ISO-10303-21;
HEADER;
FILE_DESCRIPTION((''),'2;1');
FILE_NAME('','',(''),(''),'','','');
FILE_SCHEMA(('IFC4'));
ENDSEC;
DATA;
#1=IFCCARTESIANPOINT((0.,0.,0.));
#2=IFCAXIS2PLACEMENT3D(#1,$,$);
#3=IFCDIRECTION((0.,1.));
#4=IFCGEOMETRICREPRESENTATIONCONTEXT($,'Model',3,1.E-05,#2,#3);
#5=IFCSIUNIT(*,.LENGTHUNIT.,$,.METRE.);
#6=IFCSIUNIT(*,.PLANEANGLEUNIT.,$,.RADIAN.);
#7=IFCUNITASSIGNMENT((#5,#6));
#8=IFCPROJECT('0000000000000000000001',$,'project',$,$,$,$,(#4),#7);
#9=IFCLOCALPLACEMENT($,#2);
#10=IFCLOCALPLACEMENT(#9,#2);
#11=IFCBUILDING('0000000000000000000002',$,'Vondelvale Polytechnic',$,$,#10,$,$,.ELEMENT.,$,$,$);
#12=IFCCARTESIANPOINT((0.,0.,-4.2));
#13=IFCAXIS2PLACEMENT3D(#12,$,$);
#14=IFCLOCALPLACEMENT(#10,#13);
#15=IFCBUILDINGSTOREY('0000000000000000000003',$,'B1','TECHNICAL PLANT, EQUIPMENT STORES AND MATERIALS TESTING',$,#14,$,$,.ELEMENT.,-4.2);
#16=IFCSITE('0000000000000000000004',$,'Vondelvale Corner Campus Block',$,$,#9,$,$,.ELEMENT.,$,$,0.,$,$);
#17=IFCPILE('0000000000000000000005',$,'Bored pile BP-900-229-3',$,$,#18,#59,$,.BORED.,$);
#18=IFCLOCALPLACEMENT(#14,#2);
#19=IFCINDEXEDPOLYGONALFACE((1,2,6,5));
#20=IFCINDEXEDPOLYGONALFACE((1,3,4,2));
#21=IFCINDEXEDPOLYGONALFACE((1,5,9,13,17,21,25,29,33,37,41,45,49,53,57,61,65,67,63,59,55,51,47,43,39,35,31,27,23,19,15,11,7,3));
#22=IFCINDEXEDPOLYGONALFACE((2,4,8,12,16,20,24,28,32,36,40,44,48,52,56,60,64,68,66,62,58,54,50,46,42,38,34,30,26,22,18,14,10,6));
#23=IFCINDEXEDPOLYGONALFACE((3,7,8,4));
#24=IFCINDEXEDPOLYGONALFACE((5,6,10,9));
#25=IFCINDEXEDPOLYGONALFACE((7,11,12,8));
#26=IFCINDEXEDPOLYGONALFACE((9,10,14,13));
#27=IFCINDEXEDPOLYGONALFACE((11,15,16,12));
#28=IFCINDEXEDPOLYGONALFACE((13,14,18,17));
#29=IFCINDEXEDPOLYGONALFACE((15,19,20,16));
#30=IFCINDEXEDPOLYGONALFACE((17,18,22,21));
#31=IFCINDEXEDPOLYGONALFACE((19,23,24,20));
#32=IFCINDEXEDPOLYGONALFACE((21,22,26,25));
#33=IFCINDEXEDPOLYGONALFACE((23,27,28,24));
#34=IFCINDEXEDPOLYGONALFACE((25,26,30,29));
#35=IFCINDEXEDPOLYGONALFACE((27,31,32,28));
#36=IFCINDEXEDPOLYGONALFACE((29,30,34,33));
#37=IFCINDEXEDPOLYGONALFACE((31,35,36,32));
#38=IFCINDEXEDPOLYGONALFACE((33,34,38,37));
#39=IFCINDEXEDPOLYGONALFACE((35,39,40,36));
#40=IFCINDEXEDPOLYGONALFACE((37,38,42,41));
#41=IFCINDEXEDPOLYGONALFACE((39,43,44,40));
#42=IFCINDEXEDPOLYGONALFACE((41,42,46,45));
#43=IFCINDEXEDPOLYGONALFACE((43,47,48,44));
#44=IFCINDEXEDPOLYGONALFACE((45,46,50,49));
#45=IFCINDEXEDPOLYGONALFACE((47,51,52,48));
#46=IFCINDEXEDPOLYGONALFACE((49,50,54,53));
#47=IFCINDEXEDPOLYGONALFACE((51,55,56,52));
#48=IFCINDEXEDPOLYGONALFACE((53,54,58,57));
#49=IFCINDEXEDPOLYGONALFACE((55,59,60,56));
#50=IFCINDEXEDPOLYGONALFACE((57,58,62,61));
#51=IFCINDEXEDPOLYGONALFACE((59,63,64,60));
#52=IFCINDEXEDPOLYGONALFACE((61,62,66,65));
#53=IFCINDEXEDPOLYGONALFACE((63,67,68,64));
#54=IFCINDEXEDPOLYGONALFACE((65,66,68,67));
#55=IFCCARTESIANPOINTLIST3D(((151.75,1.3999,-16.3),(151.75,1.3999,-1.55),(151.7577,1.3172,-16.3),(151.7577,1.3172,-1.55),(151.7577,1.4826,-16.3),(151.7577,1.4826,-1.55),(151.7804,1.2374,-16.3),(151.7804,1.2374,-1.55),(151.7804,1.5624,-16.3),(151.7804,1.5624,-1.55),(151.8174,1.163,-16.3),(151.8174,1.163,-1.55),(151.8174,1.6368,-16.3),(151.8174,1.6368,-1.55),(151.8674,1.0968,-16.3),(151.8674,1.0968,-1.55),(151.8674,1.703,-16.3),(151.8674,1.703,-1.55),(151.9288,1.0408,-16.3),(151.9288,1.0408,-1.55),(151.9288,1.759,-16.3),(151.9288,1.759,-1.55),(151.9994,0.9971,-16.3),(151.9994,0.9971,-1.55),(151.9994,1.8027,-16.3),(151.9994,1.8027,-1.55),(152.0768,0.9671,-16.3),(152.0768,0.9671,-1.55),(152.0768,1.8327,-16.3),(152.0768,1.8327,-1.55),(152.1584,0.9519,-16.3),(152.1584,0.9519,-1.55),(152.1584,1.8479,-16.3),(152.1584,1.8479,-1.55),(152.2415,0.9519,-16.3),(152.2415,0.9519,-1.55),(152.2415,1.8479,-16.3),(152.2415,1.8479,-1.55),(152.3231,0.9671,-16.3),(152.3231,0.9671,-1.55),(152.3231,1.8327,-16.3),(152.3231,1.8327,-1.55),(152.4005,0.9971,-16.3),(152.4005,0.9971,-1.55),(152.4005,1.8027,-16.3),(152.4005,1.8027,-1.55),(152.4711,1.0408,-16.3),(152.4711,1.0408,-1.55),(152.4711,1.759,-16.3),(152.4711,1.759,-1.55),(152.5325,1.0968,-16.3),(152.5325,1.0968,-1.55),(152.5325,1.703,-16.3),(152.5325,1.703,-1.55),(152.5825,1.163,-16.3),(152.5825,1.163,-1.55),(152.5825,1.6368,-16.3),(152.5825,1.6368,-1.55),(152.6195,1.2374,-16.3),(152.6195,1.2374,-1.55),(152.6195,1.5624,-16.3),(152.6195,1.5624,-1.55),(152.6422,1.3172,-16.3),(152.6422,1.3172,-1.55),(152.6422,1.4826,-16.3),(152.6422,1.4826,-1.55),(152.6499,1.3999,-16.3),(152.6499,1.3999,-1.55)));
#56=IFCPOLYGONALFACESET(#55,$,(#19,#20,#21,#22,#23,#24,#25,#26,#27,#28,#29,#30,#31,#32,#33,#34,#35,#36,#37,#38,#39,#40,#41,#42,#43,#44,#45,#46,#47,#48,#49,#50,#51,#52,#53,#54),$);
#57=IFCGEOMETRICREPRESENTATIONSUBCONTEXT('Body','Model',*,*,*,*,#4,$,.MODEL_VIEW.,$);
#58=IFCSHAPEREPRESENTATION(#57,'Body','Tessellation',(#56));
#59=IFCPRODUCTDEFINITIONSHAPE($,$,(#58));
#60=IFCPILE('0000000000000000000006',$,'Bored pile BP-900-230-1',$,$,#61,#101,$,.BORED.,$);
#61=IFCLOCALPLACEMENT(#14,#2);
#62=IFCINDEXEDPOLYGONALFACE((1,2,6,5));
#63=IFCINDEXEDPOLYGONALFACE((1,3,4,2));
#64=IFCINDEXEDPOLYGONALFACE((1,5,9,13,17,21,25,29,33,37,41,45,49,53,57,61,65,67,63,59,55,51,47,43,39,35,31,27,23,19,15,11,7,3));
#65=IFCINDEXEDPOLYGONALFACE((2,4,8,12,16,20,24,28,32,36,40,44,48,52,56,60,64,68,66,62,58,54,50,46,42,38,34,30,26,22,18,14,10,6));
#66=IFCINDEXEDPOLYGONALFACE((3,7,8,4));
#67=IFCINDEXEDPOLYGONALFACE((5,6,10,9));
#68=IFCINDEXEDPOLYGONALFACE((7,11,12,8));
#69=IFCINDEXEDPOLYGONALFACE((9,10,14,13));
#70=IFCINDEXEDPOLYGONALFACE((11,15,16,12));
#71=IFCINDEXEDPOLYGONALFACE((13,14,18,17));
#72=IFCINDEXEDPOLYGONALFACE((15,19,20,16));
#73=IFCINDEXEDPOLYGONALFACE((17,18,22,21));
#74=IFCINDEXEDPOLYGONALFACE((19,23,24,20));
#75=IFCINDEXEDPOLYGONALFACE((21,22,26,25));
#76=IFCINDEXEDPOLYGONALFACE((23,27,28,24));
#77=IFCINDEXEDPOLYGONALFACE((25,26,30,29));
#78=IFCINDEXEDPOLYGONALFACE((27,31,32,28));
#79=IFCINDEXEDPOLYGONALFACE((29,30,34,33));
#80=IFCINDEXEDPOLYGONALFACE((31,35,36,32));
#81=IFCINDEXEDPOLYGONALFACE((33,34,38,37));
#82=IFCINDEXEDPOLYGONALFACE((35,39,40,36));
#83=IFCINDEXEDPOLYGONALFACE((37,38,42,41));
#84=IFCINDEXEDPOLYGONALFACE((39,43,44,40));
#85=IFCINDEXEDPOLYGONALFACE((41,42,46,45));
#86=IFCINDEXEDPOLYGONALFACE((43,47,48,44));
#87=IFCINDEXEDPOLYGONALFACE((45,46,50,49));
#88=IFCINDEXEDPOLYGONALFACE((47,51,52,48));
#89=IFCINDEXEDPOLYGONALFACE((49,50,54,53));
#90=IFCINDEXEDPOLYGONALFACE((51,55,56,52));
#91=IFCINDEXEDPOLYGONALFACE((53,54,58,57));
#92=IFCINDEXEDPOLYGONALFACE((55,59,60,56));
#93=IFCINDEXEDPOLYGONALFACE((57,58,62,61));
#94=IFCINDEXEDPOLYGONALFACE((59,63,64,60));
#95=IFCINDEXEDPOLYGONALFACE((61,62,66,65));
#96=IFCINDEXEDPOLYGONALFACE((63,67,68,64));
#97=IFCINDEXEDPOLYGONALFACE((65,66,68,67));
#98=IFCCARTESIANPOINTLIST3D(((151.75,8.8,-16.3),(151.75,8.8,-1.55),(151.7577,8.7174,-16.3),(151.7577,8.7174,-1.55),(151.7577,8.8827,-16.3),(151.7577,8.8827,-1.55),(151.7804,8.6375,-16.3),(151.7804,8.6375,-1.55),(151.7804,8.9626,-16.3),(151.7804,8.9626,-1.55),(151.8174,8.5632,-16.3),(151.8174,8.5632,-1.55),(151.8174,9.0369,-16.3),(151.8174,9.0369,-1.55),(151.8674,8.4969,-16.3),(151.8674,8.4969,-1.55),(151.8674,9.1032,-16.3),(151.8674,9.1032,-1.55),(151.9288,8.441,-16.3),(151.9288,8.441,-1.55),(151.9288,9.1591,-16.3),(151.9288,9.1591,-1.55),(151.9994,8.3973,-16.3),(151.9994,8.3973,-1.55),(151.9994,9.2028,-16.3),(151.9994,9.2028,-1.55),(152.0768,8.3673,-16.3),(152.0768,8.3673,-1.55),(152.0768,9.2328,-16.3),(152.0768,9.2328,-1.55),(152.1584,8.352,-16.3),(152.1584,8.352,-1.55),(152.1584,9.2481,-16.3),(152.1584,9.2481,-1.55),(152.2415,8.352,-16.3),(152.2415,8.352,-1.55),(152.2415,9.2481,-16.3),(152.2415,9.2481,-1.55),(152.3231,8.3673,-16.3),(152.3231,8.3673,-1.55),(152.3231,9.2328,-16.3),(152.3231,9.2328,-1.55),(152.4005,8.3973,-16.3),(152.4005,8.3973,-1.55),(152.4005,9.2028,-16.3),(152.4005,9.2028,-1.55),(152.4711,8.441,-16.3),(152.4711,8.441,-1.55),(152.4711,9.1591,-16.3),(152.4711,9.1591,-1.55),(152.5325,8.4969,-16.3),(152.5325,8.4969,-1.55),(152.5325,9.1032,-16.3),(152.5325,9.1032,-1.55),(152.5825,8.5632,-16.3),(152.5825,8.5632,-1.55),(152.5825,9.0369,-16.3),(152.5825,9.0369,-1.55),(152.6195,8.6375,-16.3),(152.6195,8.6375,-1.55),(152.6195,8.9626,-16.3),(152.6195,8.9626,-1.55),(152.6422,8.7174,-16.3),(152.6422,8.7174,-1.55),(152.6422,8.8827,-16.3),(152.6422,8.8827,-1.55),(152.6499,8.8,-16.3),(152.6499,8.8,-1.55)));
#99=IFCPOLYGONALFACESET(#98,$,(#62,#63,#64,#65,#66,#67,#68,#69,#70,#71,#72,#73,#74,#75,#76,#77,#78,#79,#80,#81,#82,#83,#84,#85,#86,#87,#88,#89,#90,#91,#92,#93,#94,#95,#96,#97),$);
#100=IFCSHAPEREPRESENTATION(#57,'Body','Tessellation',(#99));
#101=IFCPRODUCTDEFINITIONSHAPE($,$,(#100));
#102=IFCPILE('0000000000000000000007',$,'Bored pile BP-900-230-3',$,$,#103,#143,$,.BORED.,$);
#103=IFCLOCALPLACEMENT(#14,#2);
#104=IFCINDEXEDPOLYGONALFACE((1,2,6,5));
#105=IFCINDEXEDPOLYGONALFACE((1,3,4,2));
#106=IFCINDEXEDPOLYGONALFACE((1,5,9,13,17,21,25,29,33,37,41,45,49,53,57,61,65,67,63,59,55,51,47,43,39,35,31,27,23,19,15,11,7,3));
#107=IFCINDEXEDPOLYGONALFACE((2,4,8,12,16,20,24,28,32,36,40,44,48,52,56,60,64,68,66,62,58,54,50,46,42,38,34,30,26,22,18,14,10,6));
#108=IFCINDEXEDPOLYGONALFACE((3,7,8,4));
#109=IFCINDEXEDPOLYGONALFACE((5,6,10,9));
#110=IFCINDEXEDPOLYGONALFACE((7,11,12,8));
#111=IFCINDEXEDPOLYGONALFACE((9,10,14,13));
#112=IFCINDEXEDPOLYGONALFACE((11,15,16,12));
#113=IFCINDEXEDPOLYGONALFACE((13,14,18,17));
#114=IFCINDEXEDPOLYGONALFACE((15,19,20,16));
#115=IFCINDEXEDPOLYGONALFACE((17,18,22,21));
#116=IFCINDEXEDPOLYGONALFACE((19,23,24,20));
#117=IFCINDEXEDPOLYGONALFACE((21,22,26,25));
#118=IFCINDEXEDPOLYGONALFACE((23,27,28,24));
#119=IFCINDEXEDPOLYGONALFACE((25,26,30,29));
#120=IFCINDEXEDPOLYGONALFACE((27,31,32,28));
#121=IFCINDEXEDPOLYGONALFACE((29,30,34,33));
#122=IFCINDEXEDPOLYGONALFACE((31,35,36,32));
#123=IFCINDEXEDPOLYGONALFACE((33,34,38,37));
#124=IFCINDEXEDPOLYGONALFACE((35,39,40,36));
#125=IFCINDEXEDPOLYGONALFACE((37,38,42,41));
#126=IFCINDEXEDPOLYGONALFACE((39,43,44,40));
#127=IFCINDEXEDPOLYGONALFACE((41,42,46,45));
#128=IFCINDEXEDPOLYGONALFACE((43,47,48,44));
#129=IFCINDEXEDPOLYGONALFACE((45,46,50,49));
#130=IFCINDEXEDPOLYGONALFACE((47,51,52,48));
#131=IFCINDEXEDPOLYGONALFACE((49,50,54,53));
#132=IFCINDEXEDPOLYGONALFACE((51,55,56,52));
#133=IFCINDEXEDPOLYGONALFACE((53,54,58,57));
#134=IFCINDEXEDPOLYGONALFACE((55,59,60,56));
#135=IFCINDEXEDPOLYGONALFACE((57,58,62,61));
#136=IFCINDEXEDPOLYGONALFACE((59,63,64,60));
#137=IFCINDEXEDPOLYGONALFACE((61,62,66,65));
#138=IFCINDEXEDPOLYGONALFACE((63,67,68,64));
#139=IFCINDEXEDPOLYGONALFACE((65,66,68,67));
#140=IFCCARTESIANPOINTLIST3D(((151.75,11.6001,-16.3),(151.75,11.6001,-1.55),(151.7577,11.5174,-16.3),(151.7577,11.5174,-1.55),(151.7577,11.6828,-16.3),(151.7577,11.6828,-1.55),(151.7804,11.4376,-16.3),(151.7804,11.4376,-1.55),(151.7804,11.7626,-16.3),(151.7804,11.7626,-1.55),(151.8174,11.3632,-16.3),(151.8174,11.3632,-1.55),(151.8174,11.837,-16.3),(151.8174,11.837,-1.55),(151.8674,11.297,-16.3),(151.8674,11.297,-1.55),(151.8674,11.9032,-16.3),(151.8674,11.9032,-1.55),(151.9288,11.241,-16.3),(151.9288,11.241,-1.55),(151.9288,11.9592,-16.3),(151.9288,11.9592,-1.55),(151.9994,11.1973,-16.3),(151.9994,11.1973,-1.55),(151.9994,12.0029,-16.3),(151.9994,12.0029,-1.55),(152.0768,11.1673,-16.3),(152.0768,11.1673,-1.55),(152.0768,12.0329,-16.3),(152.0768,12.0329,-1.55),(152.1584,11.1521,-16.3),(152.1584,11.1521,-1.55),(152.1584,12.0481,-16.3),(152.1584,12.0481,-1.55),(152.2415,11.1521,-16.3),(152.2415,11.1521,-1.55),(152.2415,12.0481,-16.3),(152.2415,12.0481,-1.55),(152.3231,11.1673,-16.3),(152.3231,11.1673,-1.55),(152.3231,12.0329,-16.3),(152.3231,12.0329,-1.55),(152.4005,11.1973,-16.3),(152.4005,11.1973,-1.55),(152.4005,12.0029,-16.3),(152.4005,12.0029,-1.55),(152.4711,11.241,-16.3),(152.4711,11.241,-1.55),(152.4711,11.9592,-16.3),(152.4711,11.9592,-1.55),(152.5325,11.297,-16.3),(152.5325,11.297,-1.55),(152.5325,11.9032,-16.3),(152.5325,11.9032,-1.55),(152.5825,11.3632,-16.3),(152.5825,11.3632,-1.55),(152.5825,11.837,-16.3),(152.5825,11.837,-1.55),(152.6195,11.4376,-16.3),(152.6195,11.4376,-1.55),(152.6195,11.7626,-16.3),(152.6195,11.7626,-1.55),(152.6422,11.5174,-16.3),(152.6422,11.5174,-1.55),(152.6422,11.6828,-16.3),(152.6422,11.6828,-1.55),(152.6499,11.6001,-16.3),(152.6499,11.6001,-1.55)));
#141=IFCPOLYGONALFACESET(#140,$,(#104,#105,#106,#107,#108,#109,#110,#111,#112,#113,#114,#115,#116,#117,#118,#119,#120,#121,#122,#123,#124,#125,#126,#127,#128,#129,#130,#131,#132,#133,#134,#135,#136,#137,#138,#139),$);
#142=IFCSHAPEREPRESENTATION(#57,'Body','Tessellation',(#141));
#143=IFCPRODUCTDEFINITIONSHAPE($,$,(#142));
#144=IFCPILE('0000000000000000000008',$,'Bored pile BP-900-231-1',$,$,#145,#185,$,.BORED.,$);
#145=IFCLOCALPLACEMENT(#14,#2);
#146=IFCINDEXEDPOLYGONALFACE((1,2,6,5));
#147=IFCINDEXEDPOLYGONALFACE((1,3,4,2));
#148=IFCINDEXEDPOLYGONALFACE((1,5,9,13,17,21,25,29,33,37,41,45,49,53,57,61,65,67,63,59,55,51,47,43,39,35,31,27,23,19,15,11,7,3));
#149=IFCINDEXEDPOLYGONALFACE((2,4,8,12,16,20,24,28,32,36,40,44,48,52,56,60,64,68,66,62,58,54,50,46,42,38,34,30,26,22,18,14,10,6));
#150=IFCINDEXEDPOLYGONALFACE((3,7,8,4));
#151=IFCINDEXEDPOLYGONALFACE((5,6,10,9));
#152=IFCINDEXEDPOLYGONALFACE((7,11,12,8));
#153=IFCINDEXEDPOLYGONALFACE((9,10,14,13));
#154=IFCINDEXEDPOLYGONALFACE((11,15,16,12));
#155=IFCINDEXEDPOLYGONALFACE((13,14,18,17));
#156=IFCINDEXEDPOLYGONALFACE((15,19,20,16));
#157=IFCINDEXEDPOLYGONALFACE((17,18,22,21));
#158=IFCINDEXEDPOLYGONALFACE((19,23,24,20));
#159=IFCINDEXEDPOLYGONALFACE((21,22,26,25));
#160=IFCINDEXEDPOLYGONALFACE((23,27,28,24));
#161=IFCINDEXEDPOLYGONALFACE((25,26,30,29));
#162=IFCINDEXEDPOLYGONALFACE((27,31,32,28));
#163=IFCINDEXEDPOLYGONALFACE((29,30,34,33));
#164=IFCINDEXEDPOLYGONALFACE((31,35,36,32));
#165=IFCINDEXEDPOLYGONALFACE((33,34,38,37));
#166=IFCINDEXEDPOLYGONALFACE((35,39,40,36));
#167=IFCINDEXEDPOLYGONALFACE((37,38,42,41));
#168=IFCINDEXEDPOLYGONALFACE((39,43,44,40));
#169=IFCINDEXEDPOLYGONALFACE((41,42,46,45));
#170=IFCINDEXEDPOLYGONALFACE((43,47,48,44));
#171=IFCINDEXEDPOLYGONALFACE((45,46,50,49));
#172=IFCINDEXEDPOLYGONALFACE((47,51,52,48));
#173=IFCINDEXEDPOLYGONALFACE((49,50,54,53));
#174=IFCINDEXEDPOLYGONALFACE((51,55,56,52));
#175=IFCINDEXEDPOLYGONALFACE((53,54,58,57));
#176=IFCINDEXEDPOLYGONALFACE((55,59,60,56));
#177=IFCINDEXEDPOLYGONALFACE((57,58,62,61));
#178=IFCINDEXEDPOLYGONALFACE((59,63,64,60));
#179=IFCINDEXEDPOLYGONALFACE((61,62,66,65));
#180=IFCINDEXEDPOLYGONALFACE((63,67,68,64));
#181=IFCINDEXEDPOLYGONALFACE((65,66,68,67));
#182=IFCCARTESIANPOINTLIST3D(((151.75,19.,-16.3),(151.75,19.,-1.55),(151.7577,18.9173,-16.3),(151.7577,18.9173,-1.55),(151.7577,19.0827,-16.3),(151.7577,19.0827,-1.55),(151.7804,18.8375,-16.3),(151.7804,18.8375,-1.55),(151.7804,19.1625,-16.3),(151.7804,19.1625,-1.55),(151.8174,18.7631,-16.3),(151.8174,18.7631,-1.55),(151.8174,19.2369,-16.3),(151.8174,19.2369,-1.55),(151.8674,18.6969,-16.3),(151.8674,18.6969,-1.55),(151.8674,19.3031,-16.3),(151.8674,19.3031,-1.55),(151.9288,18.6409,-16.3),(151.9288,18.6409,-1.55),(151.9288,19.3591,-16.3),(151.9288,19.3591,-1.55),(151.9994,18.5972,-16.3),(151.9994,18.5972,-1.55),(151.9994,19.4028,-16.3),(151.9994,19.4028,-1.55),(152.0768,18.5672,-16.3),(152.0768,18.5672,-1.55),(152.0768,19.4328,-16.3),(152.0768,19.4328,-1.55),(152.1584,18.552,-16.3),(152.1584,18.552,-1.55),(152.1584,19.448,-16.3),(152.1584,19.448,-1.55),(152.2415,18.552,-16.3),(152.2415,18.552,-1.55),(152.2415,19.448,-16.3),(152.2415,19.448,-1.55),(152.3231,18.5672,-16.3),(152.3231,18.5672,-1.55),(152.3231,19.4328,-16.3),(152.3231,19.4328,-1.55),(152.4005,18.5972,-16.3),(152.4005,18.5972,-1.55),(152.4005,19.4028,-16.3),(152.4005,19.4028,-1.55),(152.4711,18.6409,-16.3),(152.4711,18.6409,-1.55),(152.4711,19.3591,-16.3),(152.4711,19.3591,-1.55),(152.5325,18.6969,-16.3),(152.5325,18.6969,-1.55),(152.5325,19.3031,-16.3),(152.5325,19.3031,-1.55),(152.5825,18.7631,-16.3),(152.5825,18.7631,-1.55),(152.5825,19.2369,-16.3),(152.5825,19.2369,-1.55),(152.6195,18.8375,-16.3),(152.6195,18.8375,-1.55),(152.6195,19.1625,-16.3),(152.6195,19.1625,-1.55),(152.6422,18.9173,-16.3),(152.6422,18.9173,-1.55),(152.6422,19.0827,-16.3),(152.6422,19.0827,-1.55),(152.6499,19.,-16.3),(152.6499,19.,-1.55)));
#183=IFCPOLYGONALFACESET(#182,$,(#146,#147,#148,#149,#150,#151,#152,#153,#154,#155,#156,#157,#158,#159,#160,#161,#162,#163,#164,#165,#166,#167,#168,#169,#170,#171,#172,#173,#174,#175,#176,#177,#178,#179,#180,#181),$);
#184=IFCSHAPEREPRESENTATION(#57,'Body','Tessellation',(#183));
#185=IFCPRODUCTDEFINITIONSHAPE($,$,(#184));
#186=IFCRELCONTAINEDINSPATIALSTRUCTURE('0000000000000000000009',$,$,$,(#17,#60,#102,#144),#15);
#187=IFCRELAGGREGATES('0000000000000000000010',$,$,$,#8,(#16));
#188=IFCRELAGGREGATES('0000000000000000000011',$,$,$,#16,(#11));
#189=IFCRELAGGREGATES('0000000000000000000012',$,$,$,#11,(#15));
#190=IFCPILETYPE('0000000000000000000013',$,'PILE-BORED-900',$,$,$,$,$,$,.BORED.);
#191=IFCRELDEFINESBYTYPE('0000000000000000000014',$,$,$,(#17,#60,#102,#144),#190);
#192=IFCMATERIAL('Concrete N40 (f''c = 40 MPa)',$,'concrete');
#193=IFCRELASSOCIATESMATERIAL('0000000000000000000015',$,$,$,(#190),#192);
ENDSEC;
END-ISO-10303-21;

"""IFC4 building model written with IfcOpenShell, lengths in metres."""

from ifc_helpers import new_model, si_unit, direction, frame, origin, origin_2d, place, context, subcontext, project, spatial, circle, extrude, material, material_profile, profile_set, type_object, element, save


model = new_model("IFC4")

# Units and contexts
model_context = context("Model", 3, precision=1e-05, world=origin(), true_north=direction((0.0, 1.0)))
body_context = subcontext(model_context, "Body", "Model", "MODEL_VIEW")
ifc_project = project(units=[si_unit("LENGTHUNIT", "METRE"), si_unit("PLANEANGLEUNIT", "RADIAN")], contexts=[model_context])

# Site, building, storey
site_placement = place(None, origin())
site = spatial("IfcSite", under=ifc_project, at=site_placement, Name="Vondelvale Corner Campus Block", CompositionType="ELEMENT", RefElevation=0.0)
building_placement = place(site_placement, origin())
building = spatial("IfcBuilding", under=site, at=building_placement, Name="Vondelvale Polytechnic", CompositionType="ELEMENT")
storey_placement = place(building_placement, frame((0.0, 0.0, -4.2)))
storey = spatial("IfcBuildingStorey", under=building, at=storey_placement, Name="B1", Description="TECHNICAL PLANT, EQUIPMENT STORES AND MATERIALS TESTING", CompositionType="ELEMENT", Elevation=-4.2)

# Shared definitions
ifc_material_1 = material(Name="Concrete N40 (f'c = 40 MPa)", Category="concrete")

# Piles
ifc_material_profile_1 = material_profile(ifc_material_1, circle(Radius=0.45, at=origin_2d()), Name="PILE-D900")
ifc_profile_set_1 = profile_set([ifc_material_profile_1], Name="Concrete N40 (f'c = 40 MPa)")
pile_type_1 = type_object("IfcPileType", Name="PILE-BORED-900", PredefinedType="BORED", material=ifc_profile_set_1)
for number, where, z_axis, x_axis, name in (
    (1, (152.2, 1.3999, -1.55), (0.0, 0.0, -1.0), (1.0, 0.0, 0.0), "Bored pile BP-900-229-3"),
    (2, (152.2, 8.8, -1.55), (0.0, 0.0, -1.0), (1.0, 0.0, 0.0), "Bored pile BP-900-230-1"),
    (3, (152.2, 11.6001, -1.55), (0.0, 0.0, -1.0), (1.0, 0.0, 0.0), "Bored pile BP-900-230-3"),
    (4, (152.2, 19.0, -1.55), (0.0, 0.0, -1.0), (1.0, 0.0, 0.0), "Bored pile BP-900-231-1"),
):
    element("IfcPile", number, at=place(storey_placement, frame(where, z_axis=z_axis, x_axis=x_axis)), inside=storey, type_object=pile_type_1, Name=name, PredefinedType="BORED", context=body_context, shape_type="SweptSolid", body=[
        extrude(circle(Radius=0.45, at=origin_2d()), origin(), (0.0, 0.0, 1.0), 14.75),
    ])

save(model, "model.ifc")
